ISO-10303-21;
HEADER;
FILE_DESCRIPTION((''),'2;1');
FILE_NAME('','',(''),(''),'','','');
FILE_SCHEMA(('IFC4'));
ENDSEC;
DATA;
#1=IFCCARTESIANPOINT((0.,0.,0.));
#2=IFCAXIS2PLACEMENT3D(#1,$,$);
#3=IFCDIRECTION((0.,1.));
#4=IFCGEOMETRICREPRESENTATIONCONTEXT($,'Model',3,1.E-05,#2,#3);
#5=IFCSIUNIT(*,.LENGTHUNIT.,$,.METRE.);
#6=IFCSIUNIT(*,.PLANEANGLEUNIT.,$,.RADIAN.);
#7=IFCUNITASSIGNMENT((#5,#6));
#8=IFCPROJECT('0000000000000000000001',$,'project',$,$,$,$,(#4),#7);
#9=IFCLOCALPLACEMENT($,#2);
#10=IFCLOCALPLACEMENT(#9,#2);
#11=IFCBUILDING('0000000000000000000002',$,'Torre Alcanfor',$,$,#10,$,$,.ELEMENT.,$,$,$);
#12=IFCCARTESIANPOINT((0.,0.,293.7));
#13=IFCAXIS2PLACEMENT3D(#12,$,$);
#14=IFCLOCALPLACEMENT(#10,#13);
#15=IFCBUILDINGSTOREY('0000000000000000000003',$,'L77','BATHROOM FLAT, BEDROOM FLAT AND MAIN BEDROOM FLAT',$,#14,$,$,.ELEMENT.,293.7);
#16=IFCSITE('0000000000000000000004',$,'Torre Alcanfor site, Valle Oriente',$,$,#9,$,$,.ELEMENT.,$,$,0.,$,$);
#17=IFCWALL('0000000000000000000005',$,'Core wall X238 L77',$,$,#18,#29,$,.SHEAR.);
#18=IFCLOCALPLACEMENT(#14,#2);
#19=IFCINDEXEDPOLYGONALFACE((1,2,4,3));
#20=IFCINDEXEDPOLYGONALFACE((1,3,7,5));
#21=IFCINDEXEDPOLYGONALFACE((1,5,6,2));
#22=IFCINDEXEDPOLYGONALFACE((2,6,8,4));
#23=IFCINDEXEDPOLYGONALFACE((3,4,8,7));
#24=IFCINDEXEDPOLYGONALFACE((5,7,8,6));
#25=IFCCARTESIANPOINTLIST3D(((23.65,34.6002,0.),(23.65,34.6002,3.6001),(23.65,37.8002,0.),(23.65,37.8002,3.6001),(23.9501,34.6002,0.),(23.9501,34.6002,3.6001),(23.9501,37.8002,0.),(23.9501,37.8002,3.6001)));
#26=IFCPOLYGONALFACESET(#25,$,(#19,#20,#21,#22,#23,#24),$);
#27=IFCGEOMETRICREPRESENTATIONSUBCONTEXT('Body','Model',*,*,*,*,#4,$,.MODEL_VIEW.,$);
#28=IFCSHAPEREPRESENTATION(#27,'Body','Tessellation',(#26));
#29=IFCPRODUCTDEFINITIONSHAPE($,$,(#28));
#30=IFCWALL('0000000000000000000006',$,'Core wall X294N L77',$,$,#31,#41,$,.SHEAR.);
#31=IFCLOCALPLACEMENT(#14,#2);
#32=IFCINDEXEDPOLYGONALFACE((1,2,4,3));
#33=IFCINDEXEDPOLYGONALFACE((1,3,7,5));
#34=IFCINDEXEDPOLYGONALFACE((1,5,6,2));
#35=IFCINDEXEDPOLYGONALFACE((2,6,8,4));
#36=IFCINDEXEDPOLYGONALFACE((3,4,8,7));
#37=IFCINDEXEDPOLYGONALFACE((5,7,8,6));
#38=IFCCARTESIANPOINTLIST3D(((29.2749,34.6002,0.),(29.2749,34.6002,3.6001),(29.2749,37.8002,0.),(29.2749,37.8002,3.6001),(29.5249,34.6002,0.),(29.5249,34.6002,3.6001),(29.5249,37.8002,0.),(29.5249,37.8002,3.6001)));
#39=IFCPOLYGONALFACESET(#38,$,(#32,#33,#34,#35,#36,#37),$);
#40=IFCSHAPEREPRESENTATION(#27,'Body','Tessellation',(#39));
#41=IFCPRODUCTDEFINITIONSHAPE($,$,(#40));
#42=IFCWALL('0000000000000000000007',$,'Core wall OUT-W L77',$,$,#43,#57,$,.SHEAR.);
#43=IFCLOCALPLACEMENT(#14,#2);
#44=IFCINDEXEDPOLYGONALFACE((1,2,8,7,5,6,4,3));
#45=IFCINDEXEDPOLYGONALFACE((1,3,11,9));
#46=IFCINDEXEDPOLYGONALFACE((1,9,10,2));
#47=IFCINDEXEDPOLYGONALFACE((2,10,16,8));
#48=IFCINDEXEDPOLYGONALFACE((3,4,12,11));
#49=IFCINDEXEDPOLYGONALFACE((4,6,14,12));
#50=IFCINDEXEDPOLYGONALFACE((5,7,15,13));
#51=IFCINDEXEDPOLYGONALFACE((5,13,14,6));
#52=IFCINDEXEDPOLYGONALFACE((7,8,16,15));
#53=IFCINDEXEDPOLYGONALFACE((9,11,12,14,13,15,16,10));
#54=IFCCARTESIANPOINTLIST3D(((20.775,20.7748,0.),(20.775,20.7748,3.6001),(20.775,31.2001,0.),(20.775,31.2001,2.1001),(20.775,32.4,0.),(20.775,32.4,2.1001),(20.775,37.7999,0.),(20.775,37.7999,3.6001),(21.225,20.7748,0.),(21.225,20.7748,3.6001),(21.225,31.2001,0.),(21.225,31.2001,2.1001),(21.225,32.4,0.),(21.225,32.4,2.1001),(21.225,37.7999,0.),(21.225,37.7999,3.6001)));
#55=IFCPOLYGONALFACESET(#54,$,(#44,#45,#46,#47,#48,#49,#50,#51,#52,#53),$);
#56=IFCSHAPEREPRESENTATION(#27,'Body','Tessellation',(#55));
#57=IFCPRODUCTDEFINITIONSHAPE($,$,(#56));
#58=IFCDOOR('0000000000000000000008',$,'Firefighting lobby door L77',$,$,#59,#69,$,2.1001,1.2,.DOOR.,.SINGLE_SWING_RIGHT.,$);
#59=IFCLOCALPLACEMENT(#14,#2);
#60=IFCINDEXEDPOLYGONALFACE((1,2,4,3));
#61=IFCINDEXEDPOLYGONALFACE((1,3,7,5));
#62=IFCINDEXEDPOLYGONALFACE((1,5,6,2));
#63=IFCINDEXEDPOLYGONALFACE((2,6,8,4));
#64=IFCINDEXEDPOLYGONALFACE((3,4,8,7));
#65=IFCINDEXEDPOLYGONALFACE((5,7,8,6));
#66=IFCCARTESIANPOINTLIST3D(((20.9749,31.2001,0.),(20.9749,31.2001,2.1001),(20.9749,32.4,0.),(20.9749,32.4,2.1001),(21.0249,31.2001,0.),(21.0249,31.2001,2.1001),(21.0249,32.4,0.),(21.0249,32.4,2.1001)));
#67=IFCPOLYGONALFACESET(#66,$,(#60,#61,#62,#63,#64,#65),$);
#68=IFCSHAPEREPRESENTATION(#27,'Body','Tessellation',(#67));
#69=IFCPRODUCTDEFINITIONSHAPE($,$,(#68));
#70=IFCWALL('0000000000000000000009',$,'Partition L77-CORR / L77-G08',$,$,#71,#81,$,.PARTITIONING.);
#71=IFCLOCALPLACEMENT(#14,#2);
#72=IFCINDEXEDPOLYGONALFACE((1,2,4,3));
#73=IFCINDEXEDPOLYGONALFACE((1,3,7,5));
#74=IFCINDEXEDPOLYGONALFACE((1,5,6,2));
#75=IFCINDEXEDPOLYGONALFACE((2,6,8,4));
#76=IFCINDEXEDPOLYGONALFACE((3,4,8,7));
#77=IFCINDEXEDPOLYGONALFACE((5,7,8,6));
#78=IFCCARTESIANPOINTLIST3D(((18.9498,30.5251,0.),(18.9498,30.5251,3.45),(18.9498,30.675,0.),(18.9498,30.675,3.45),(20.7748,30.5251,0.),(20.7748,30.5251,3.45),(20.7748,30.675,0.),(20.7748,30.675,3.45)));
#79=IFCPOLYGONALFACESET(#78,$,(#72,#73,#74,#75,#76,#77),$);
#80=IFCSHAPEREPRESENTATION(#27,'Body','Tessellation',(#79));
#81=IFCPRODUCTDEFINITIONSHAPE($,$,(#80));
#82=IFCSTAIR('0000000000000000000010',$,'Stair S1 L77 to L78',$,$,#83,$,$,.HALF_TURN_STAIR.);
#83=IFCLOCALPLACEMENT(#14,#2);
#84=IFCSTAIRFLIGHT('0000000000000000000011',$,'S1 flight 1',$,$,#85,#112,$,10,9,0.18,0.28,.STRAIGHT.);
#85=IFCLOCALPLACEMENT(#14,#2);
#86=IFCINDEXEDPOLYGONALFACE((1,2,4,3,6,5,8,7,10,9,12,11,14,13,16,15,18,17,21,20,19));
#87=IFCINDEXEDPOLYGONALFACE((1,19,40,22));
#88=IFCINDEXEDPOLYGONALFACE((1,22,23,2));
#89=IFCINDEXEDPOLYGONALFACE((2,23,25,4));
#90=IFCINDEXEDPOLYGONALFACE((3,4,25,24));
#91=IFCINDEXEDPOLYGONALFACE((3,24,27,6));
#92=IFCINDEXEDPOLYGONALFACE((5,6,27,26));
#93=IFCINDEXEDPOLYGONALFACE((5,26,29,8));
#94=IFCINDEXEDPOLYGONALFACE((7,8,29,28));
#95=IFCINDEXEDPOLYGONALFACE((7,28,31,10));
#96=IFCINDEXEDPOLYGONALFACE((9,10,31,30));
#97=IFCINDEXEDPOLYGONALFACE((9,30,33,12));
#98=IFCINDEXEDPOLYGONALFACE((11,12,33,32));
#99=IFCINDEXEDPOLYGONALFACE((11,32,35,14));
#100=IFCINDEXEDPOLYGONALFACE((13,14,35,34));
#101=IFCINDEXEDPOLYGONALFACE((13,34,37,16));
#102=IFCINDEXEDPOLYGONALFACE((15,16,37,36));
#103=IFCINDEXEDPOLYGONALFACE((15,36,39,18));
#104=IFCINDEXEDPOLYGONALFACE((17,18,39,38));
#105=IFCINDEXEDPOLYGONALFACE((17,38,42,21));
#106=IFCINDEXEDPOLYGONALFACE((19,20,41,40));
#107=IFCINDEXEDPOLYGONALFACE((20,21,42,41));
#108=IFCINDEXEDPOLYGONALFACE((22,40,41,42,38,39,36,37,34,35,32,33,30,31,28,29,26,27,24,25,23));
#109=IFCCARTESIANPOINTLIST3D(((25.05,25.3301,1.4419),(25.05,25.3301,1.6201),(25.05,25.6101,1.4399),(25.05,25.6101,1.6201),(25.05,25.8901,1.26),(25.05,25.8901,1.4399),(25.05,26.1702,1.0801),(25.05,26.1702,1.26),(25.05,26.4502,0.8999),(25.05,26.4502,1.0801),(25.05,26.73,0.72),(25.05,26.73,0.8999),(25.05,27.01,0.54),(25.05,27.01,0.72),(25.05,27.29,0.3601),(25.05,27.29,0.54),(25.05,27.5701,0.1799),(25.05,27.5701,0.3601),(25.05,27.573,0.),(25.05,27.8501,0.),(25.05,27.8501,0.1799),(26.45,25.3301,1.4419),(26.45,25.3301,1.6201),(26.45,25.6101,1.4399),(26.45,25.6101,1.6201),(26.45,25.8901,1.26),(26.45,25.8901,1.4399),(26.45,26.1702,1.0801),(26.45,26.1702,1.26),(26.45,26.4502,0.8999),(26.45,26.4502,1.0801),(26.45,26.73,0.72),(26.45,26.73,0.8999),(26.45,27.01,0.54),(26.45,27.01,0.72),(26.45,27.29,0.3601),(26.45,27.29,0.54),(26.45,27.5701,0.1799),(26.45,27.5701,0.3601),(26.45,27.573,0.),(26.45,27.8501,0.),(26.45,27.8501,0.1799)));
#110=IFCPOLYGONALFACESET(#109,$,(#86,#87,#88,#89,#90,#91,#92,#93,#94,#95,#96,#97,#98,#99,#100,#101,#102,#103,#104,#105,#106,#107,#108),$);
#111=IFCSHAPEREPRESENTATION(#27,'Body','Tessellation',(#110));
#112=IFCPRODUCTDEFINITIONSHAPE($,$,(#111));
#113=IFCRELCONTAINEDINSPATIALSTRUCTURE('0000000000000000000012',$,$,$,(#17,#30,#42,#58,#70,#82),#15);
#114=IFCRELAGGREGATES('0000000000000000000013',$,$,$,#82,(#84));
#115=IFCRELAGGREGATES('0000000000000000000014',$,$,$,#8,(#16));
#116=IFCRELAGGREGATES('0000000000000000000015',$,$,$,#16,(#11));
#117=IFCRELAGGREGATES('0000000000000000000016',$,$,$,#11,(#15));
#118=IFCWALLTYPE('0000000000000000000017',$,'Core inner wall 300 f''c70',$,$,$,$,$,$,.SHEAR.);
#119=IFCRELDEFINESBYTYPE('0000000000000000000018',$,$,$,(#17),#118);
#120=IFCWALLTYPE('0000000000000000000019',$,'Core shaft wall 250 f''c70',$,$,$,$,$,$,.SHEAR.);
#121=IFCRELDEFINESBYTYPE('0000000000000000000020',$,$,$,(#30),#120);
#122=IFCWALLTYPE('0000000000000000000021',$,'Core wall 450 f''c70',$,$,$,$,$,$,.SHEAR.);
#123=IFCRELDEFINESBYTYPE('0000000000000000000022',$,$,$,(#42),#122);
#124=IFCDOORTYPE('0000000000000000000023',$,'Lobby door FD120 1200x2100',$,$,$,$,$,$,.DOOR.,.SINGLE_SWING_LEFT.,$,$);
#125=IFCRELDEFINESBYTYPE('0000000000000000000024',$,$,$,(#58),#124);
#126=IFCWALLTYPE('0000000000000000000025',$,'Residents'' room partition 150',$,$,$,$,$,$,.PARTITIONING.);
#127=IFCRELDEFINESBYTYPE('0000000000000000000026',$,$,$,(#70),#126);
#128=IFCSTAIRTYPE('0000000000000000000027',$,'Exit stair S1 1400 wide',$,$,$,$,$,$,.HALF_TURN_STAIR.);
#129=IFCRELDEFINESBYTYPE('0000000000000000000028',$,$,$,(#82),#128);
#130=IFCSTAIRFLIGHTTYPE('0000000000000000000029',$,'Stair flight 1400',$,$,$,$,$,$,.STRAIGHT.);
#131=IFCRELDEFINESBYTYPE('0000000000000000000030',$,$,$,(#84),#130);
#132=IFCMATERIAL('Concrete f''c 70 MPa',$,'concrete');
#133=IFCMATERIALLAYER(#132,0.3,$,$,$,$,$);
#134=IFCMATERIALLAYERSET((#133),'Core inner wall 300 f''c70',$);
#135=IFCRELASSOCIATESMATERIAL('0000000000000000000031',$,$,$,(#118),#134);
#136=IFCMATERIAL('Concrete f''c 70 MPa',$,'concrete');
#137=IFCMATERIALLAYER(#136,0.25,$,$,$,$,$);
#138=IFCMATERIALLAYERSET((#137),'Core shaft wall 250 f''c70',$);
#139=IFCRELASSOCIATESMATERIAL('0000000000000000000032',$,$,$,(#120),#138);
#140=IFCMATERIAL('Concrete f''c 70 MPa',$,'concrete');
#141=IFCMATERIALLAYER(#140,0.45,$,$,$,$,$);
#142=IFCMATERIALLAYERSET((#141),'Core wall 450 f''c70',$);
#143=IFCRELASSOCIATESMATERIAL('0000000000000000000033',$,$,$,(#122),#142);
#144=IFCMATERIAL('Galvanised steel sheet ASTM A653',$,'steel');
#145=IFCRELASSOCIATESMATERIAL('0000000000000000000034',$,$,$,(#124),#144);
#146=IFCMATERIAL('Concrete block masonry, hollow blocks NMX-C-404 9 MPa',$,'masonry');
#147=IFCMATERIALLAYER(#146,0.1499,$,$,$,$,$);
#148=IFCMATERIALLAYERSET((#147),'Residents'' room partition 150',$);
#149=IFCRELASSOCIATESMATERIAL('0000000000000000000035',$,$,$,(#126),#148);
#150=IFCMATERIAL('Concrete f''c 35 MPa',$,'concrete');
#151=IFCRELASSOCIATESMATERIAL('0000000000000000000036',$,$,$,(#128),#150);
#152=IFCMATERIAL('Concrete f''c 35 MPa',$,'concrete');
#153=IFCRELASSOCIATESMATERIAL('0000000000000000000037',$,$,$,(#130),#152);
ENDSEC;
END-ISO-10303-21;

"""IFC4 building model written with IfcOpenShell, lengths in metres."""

from ifc_helpers import new_model, si_unit, direction, frame, frame_2d, origin, place, context, subcontext, project, spatial, polyline, rectangle, outline, extrude, material, layer, layer_set, type_object, element, fill, aggregate, save


model = new_model("IFC4")

# Units and contexts
model_context = context("Model", 3, precision=1e-05, world=origin(), true_north=direction((0.0, 1.0)))
body_context = subcontext(model_context, "Body", "Model", "MODEL_VIEW")
ifc_project = project(units=[si_unit("LENGTHUNIT", "METRE"), si_unit("PLANEANGLEUNIT", "RADIAN")], contexts=[model_context])

# Site, building, storey
site_placement = place(None, origin())
site = spatial("IfcSite", under=ifc_project, at=site_placement, Name="Torre Alcanfor site, Valle Oriente", CompositionType="ELEMENT", RefElevation=0.0)
building_placement = place(site_placement, origin())
building = spatial("IfcBuilding", under=site, at=building_placement, Name="Torre Alcanfor", CompositionType="ELEMENT")
storey_placement = place(building_placement, frame((0.0, 0.0, 293.7)))
storey = spatial("IfcBuildingStorey", under=building, at=storey_placement, Name="L77", Description="BATHROOM FLAT, BEDROOM FLAT AND MAIN BEDROOM FLAT", CompositionType="ELEMENT", Elevation=293.7)

# Shared definitions
ifc_material_1 = material(Name="Concrete f'c 70 MPa", Category="concrete")
ifc_layer_1 = layer(ifc_material_1, 0.3)
ifc_layer_set_1 = layer_set([ifc_layer_1], Name="Core inner wall 300 f'c70")
wall_type_1 = type_object("IfcWallType", Name="Core inner wall 300 f'c70", PredefinedType="SHEAR", material=ifc_layer_set_1)

# Walls
wall_1_placement = place(storey_placement, frame((23.8, 34.6001, 0.0), z_axis=(0.0, 0.0, 1.0), x_axis=(0.0, 1.0, 0.0)))
element("IfcWall", 1, at=wall_1_placement, inside=storey, type_object=wall_type_1, Name="Core wall X238 L77", PredefinedType="SHEAR", context=body_context, shape_type="SweptSolid", body=[
    extrude(rectangle(XDim=3.2, YDim=0.3, at=frame_2d((1.6001, 0.0))), origin(), (0.0, 0.0, 1.0), 3.6001),
])
ifc_material_2 = material(Name="Concrete f'c 70 MPa", Category="concrete")
ifc_layer_2 = layer(ifc_material_2, 0.25)
ifc_layer_set_2 = layer_set([ifc_layer_2], Name="Core shaft wall 250 f'c70")
wall_type_2 = type_object("IfcWallType", Name="Core shaft wall 250 f'c70", PredefinedType="SHEAR", material=ifc_layer_set_2)
wall_2_placement = place(storey_placement, frame((29.3999, 34.6001, 0.0), z_axis=(0.0, 0.0, 1.0), x_axis=(0.0, 1.0, 0.0)))
element("IfcWall", 2, at=wall_2_placement, inside=storey, type_object=wall_type_2, Name="Core wall X294N L77", PredefinedType="SHEAR", context=body_context, shape_type="SweptSolid", body=[
    extrude(rectangle(XDim=3.2, YDim=0.25, at=frame_2d((1.6001, 0.0))), origin(), (0.0, 0.0, 1.0), 3.6001),
])

# Wall, opening, door
ifc_material_3 = material(Name="Concrete f'c 70 MPa", Category="concrete")
ifc_layer_3 = layer(ifc_material_3, 0.45)
ifc_layer_set_3 = layer_set([ifc_layer_3], Name="Core wall 450 f'c70")
wall_type_3 = type_object("IfcWallType", Name="Core wall 450 f'c70", PredefinedType="SHEAR", material=ifc_layer_set_3)
wall_3_placement = place(storey_placement, frame((21.0, 37.8, 0.0), z_axis=(0.0, 0.0, 1.0), x_axis=(0.0, -1.0, 0.0)))
wall_3 = element("IfcWall", 3, at=wall_3_placement, inside=storey, type_object=wall_type_3, Name="Core wall OUT-W L77", PredefinedType="SHEAR", context=body_context, shape_type="SweptSolid", body=[
    extrude(rectangle(XDim=17.0251, YDim=0.45, at=frame_2d((8.5127, 0.0))), origin(), (0.0, 0.0, 1.0), 3.6001),
])
opening_1_placement = place(wall_3_placement, frame((5.3999, 0.0, 0.0)))
opening_1 = element("IfcOpeningElement", 4, at=opening_1_placement, cuts=wall_3, PredefinedType="OPENING", context=body_context, shape_type="SweptSolid", body=[
    extrude(rectangle(XDim=1.2, YDim=2.1001, at=frame_2d((0.6001, 1.05))), frame((0.0, 0.2349, 0.0), z_axis=(0.0, -1.0, 0.0), x_axis=(1.0, 0.0, 0.0)), (0.0, 0.0, 1.0), 0.47),
])
ifc_material_4 = material(Name="Galvanised steel sheet ASTM A653", Category="steel")
door_type_1 = type_object("IfcDoorType", Name="Lobby door FD120 1200x2100", OperationType="SINGLE_SWING_LEFT", PredefinedType="DOOR", material=ifc_material_4)
door_1_placement = place(opening_1_placement, origin())
door_1 = element("IfcDoor", 5, at=door_1_placement, inside=storey, type_object=door_type_1, Name="Firefighting lobby door L77", OperationType="SINGLE_SWING_RIGHT", OverallHeight=2.1001, OverallWidth=1.2, PredefinedType="DOOR", context=body_context, shape_type="SweptSolid", body=[
    extrude(rectangle(XDim=1.2, YDim=2.1001, at=frame_2d((0.6001, 1.05))), frame((0.0, 0.0249, 0.0), z_axis=(0.0, -1.0, 0.0), x_axis=(1.0, 0.0, 0.0)), (0.0, 0.0, 1.0), 0.05),
])
fill(opening_1, door_1)

# Wall
ifc_material_5 = material(Name="Concrete block masonry, hollow blocks NMX-C-404 9 MPa", Category="masonry")
ifc_layer_4 = layer(ifc_material_5, 0.1499)
ifc_layer_set_4 = layer_set([ifc_layer_4], Name="Residents' room partition 150")
wall_type_4 = type_object("IfcWallType", Name="Residents' room partition 150", PredefinedType="PARTITIONING", material=ifc_layer_set_4)
wall_4_placement = place(storey_placement, frame((20.7749, 30.6001, 0.0), z_axis=(0.0, 0.0, 1.0), x_axis=(-1.0, 0.0, 0.0)))
element("IfcWall", 6, at=wall_4_placement, inside=storey, type_object=wall_type_4, Name="Partition L77-CORR / L77-G08", PredefinedType="PARTITIONING", context=body_context, shape_type="SweptSolid", body=[
    extrude(rectangle(XDim=1.825, YDim=0.1499, at=frame_2d((0.9126, 0.0))), origin(), (0.0, 0.0, 1.0), 3.45),
])

# Stair, stair flight
ifc_material_6 = material(Name="Concrete f'c 35 MPa", Category="concrete")
stair_type = type_object("IfcStairType", Name="Exit stair S1 1400 wide", PredefinedType="HALF_TURN_STAIR", material=ifc_material_6)
stair_placement = place(storey_placement, origin())
stair = element("IfcStair", 7, at=stair_placement, inside=storey, type_object=stair_type, Name="Stair S1 L77 to L78", PredefinedType="HALF_TURN_STAIR")
ifc_material_7 = material(Name="Concrete f'c 35 MPa", Category="concrete")
stair_flight_type = type_object("IfcStairFlightType", Name="Stair flight 1400", PredefinedType="STRAIGHT", material=ifc_material_7)
stair_flight_placement = place(storey_placement, frame((25.75, 27.8501, 0.0), z_axis=(0.0, 0.0, 1.0), x_axis=(0.0, -1.0, 0.0)))
stair_flight = element("IfcStairFlight", 8, at=stair_flight_placement, type_object=stair_flight_type, Name="S1 flight 1", NumberOfRisers=10, NumberOfTreads=9, PredefinedType="STRAIGHT", RiserHeight=0.18, TreadLength=0.28, context=body_context, shape_type="SweptSolid", body=[
    extrude(outline(polyline([(0.0, 0.0), (0.0, 0.1799), (0.28, 0.1799), (0.28, 0.3601), (0.5601, 0.3601), (0.5601, 0.54), (0.8401, 0.54), (0.8401, 0.72), (1.1201, 0.72), (1.1201, 0.8999), (1.3999, 0.8999), (1.3999, 1.0801), (1.6799, 1.0801), (1.6799, 1.26), (1.96, 1.26), (1.96, 1.4399), (2.24, 1.4399), (2.24, 1.6201), (2.52, 1.6201), (2.52, 1.8), (2.52, 1.4419), (0.2771, 0.0), (0.0, 0.0)])), frame((0.0, 0.7, 0.0), z_axis=(0.0, -1.0, 0.0), x_axis=(1.0, 0.0, 0.0)), (0.0, 0.0, 1.0), 1.3999),
])
aggregate(stair, [stair_flight])

save(model, "model.ifc")
